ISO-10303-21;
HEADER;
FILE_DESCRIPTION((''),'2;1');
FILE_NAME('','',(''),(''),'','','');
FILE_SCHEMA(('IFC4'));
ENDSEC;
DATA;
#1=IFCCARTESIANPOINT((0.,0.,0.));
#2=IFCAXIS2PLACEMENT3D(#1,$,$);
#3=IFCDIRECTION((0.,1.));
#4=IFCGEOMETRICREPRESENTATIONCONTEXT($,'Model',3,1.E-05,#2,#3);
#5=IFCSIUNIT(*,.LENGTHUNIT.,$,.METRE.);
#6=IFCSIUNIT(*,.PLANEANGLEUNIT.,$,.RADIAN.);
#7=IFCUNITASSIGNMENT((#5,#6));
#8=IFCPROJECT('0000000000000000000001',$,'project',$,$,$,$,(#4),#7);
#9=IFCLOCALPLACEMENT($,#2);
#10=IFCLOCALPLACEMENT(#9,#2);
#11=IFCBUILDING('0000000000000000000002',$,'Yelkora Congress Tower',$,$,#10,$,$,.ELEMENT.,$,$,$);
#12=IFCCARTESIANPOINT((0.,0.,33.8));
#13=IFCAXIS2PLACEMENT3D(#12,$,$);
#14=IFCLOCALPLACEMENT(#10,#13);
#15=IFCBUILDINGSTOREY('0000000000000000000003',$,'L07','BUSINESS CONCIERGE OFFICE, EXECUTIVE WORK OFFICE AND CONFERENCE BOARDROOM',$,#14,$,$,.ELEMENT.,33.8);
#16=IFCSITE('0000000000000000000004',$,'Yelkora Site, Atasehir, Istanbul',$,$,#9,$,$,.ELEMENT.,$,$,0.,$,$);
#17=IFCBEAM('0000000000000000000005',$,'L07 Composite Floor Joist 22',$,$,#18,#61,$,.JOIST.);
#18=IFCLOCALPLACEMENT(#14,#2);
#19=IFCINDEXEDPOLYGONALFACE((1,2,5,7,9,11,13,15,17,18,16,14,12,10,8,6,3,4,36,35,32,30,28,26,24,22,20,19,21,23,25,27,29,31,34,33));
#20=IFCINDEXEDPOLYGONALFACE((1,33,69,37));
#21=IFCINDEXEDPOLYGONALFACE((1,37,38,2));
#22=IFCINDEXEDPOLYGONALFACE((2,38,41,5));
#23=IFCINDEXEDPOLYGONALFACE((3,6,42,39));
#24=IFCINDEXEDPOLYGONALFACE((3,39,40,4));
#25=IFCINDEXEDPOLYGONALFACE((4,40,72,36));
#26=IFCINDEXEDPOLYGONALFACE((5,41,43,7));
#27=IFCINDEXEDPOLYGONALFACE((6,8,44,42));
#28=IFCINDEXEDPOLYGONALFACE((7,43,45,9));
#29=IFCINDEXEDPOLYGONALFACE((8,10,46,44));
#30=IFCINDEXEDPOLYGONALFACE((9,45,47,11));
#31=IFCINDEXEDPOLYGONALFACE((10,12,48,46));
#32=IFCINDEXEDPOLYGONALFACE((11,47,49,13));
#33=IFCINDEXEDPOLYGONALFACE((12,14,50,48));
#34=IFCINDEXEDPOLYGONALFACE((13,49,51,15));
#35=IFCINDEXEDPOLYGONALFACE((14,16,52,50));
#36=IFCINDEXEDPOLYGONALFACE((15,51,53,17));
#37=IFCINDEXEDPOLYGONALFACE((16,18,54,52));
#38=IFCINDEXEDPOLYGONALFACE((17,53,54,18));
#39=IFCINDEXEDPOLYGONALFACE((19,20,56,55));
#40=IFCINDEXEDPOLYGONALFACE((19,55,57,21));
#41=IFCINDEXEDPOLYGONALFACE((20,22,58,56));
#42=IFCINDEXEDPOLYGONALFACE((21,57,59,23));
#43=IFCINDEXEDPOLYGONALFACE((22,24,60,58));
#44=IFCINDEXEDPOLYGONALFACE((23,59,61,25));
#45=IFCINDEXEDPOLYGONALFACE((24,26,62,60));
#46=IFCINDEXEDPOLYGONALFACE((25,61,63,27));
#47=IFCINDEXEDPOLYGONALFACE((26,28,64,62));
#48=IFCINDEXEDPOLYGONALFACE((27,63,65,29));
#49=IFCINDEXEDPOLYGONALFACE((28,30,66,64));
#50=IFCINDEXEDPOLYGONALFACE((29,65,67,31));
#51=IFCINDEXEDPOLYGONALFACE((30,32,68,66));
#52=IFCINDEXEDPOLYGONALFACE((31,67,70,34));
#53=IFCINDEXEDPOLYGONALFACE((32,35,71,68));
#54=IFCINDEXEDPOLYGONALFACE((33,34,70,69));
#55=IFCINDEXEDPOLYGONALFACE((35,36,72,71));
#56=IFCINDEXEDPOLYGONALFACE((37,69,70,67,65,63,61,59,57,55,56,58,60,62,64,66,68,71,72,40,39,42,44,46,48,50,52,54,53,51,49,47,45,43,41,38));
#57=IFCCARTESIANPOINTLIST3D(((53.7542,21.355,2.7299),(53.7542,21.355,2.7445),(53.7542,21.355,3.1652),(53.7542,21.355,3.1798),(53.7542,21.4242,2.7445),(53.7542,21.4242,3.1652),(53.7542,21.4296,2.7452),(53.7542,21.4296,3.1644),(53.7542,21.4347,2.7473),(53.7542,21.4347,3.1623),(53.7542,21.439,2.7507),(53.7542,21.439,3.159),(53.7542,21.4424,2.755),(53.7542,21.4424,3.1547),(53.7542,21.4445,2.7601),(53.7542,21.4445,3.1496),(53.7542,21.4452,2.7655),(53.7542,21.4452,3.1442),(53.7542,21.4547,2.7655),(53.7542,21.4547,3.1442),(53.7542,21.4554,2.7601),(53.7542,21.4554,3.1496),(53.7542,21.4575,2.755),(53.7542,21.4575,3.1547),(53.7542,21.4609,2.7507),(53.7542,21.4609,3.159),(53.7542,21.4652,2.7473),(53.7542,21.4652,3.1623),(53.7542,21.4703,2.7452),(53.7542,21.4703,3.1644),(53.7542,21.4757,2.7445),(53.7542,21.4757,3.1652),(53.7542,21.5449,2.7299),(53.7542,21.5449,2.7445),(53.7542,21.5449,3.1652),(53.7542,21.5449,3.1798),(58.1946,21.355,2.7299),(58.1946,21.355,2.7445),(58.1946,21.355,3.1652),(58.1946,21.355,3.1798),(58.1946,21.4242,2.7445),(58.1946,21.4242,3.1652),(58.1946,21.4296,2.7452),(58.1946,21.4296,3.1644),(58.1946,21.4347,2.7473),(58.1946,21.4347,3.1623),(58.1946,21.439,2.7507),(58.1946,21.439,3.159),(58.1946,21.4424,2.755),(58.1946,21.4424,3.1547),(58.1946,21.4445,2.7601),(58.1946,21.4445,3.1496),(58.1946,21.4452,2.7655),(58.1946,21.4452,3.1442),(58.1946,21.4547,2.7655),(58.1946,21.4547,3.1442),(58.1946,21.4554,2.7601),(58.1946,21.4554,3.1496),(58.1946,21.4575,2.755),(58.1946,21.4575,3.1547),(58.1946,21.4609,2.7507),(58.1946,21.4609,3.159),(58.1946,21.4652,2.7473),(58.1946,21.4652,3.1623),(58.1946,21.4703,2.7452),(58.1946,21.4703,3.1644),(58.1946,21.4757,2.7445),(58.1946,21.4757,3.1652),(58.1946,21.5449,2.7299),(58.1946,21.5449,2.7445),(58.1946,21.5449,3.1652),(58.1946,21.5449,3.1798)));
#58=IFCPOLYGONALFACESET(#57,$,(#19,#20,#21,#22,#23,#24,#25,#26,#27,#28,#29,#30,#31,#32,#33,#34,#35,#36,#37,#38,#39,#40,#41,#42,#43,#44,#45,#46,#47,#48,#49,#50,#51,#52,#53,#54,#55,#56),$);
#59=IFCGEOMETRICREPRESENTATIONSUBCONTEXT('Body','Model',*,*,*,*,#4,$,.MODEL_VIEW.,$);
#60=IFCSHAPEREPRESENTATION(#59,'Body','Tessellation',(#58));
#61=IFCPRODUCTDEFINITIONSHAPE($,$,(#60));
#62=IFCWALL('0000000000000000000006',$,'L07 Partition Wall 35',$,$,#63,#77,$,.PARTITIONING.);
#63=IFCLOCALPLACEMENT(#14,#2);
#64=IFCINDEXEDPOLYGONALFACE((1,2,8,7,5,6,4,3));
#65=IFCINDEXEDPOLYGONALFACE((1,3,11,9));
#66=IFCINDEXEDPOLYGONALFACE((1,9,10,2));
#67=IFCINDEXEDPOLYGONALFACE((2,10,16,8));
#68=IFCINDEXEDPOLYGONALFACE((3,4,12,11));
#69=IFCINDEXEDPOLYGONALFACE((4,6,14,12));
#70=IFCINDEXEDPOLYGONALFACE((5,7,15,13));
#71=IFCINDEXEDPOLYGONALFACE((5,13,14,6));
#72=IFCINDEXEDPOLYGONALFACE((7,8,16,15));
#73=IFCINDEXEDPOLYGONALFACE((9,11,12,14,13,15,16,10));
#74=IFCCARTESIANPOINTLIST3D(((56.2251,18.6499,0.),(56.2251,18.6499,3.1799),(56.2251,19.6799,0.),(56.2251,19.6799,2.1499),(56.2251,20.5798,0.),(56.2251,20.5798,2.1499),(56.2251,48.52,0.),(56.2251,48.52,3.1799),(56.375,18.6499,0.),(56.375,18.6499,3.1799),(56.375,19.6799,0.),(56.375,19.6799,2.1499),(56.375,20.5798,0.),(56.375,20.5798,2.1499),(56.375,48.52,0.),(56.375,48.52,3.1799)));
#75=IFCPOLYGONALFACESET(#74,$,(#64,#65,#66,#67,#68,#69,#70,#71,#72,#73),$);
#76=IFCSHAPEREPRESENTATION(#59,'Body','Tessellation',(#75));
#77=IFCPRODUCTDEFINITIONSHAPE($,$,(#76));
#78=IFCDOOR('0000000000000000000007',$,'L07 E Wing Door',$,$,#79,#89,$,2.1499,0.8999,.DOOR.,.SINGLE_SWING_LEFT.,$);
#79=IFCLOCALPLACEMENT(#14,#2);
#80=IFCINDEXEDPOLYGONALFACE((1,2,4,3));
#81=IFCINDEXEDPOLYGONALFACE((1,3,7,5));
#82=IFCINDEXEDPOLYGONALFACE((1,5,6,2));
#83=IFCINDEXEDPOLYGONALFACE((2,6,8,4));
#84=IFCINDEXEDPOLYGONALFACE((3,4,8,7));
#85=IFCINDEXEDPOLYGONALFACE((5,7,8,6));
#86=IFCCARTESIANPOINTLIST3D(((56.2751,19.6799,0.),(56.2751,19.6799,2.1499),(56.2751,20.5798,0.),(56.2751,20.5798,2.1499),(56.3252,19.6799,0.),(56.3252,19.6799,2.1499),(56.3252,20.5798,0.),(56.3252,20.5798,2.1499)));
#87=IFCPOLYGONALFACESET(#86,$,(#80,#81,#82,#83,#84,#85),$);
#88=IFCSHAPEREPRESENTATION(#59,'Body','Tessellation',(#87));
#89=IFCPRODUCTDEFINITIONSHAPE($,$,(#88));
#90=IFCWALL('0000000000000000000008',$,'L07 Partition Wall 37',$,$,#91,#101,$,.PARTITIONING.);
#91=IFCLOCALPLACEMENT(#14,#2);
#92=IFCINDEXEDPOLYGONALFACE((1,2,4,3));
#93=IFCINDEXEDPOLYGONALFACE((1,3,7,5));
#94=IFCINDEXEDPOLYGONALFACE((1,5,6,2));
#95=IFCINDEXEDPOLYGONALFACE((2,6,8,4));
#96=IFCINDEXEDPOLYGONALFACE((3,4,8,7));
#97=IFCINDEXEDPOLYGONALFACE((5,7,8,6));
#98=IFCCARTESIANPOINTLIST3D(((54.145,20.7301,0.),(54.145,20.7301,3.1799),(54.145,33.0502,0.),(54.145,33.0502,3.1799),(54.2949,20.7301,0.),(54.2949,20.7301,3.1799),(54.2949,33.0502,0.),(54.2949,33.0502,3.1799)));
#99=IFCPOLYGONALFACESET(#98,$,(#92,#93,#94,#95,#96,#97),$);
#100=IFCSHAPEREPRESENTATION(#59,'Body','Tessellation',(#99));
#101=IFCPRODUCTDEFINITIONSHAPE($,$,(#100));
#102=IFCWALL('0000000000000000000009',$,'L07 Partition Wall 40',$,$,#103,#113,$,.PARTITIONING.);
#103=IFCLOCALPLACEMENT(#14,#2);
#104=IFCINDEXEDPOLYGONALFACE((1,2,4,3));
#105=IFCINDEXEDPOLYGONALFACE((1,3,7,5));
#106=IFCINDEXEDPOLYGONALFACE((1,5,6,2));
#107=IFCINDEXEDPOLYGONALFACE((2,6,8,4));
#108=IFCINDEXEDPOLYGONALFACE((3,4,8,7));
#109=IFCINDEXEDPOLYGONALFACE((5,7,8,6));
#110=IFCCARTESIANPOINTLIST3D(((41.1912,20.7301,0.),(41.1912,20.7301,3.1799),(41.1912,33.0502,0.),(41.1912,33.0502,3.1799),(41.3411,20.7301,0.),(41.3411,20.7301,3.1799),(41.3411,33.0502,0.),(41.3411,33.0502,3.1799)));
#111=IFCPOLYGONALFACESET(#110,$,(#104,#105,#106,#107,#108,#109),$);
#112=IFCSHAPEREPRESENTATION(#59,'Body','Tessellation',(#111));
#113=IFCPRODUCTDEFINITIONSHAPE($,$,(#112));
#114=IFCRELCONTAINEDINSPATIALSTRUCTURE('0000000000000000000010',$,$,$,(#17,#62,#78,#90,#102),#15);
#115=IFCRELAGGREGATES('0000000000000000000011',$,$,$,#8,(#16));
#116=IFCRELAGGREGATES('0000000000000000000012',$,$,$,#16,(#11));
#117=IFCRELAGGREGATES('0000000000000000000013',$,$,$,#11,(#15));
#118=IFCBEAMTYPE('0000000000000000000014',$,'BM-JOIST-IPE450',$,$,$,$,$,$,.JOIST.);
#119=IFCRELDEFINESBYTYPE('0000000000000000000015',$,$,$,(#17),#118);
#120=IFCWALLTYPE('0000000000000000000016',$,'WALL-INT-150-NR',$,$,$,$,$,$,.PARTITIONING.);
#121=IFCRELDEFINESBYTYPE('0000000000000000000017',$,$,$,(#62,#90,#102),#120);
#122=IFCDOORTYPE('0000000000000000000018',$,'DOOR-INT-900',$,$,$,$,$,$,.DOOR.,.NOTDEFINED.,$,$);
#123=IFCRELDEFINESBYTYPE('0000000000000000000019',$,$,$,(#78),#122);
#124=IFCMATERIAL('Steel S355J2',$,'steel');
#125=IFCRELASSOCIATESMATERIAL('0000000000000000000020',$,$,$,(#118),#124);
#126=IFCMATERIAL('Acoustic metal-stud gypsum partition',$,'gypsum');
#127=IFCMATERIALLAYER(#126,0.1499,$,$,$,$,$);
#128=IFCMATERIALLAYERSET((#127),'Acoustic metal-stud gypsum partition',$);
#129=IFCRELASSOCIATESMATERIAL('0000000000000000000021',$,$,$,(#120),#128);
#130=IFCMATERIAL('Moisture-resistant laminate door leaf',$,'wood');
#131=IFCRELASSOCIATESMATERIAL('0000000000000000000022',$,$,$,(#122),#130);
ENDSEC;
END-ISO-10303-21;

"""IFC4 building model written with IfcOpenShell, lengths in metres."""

from ifc_helpers import new_model, si_unit, direction, frame, frame_2d, origin, origin_2d, place, context, subcontext, project, spatial, rectangle, i_section, extrude, material, layer, layer_set, material_profile, profile_set, type_object, element, fill, save


model = new_model("IFC4")

# Units and contexts
model_context = context("Model", 3, precision=1e-05, world=origin(), true_north=direction((0.0, 1.0)))
body_context = subcontext(model_context, "Body", "Model", "MODEL_VIEW")
ifc_project = project(units=[si_unit("LENGTHUNIT", "METRE"), si_unit("PLANEANGLEUNIT", "RADIAN")], contexts=[model_context])

# Site, building, storey
site_placement = place(None, origin())
site = spatial("IfcSite", under=ifc_project, at=site_placement, Name="Yelkora Site, Atasehir, Istanbul", CompositionType="ELEMENT", RefElevation=0.0)
building_placement = place(site_placement, origin())
building = spatial("IfcBuilding", under=site, at=building_placement, Name="Yelkora Congress Tower", CompositionType="ELEMENT")
storey_placement = place(building_placement, frame((0.0, 0.0, 33.8)))
storey = spatial("IfcBuildingStorey", under=building, at=storey_placement, Name="L07", Description="BUSINESS CONCIERGE OFFICE, EXECUTIVE WORK OFFICE AND CONFERENCE BOARDROOM", CompositionType="ELEMENT", Elevation=33.8)

# Beam
ifc_material_1 = material(Name="Steel S355J2", Category="steel")
ifc_material_profile_1 = material_profile(ifc_material_1, i_section(OverallWidth=0.1899, OverallDepth=0.45, WebThickness=0.0095, FlangeThickness=0.0146, FilletRadius=0.021, at=origin_2d()), Name="IPE 450")
ifc_profile_set_1 = profile_set([ifc_material_profile_1], Name="Steel S355J2")
beam_type_1 = type_object("IfcBeamType", Name="BM-JOIST-IPE450", PredefinedType="JOIST", material=ifc_profile_set_1)
beam_1_placement = place(storey_placement, frame((53.7542, 21.45, 2.9548), z_axis=(1.0, 0.0, 0.0), x_axis=(0.0, 1.0, 0.0)))
element("IfcBeam", 1, at=beam_1_placement, inside=storey, type_object=beam_type_1, Name="L07 Composite Floor Joist 22", PredefinedType="JOIST", context=body_context, shape_type="SweptSolid", body=[
    extrude(i_section(OverallWidth=0.1899, OverallDepth=0.45, WebThickness=0.0095, FlangeThickness=0.0146, FilletRadius=0.021, at=origin_2d()), origin(), (0.0, 0.0, 1.0), 4.4404),
])

# Wall, opening, door
ifc_material_2 = material(Name="Acoustic metal-stud gypsum partition", Category="gypsum")
ifc_layer_1 = layer(ifc_material_2, 0.1499)
ifc_layer_set_1 = layer_set([ifc_layer_1], Name="Acoustic metal-stud gypsum partition")
wall_type_1 = type_object("IfcWallType", Name="WALL-INT-150-NR", PredefinedType="PARTITIONING", material=ifc_layer_set_1)
wall_1_placement = place(storey_placement, frame((56.3, 18.6499, 0.0), z_axis=(0.0, 0.0, 1.0), x_axis=(0.0, 1.0, 0.0)))
wall_1 = element("IfcWall", 2, at=wall_1_placement, inside=storey, type_object=wall_type_1, Name="L07 Partition Wall 35", PredefinedType="PARTITIONING", context=body_context, shape_type="SweptSolid", body=[
    extrude(rectangle(XDim=29.8701, YDim=0.1499, at=frame_2d((14.9351, 0.0))), origin(), (0.0, 0.0, 1.0), 3.1799),
])
opening_1_placement = place(wall_1_placement, frame((1.03, 0.0, 0.0)))
opening_1 = element("IfcOpeningElement", 3, at=opening_1_placement, cuts=wall_1, PredefinedType="OPENING", context=body_context, shape_type="SweptSolid", body=[
    extrude(rectangle(XDim=0.8999, YDim=2.1499, at=frame_2d((0.45, 1.075))), frame((0.0, 0.085, 0.0), z_axis=(0.0, -1.0, 0.0), x_axis=(1.0, 0.0, 0.0)), (0.0, 0.0, 1.0), 0.1699),
])
ifc_material_3 = material(Name="Moisture-resistant laminate door leaf", Category="wood")
door_type_1 = type_object("IfcDoorType", Name="DOOR-INT-900", OperationType="NOTDEFINED", PredefinedType="DOOR", material=ifc_material_3)
door_1_placement = place(opening_1_placement, origin())
door_1 = element("IfcDoor", 4, at=door_1_placement, inside=storey, type_object=door_type_1, Name="L07 E Wing Door", OperationType="SINGLE_SWING_LEFT", OverallHeight=2.1499, OverallWidth=0.8999, PredefinedType="DOOR", context=body_context, shape_type="SweptSolid", body=[
    extrude(rectangle(XDim=0.8999, YDim=2.1499, at=frame_2d((0.45, 1.075))), frame((0.0, 0.0249, 0.0), z_axis=(0.0, -1.0, 0.0), x_axis=(1.0, 0.0, 0.0)), (0.0, 0.0, 1.0), 0.05),
])
fill(opening_1, door_1)

# Walls
for number, where, z_axis, x_axis, name in (
    (5, (54.22, 20.73, 0.0), (0.0, 0.0, 1.0), (0.0, 1.0, 0.0), "L07 Partition Wall 37"),
    (6, (41.2661, 20.73, 0.0), (0.0, 0.0, 1.0), (0.0, 1.0, 0.0), "L07 Partition Wall 40"),
):
    element("IfcWall", number, at=place(storey_placement, frame(where, z_axis=z_axis, x_axis=x_axis)), inside=storey, type_object=wall_type_1, Name=name, PredefinedType="PARTITIONING", context=body_context, shape_type="SweptSolid", body=[
        extrude(rectangle(XDim=12.3201, YDim=0.1499, at=frame_2d((6.1602, 0.0))), origin(), (0.0, 0.0, 1.0), 3.1799),
    ])

save(model, "model.ifc")
